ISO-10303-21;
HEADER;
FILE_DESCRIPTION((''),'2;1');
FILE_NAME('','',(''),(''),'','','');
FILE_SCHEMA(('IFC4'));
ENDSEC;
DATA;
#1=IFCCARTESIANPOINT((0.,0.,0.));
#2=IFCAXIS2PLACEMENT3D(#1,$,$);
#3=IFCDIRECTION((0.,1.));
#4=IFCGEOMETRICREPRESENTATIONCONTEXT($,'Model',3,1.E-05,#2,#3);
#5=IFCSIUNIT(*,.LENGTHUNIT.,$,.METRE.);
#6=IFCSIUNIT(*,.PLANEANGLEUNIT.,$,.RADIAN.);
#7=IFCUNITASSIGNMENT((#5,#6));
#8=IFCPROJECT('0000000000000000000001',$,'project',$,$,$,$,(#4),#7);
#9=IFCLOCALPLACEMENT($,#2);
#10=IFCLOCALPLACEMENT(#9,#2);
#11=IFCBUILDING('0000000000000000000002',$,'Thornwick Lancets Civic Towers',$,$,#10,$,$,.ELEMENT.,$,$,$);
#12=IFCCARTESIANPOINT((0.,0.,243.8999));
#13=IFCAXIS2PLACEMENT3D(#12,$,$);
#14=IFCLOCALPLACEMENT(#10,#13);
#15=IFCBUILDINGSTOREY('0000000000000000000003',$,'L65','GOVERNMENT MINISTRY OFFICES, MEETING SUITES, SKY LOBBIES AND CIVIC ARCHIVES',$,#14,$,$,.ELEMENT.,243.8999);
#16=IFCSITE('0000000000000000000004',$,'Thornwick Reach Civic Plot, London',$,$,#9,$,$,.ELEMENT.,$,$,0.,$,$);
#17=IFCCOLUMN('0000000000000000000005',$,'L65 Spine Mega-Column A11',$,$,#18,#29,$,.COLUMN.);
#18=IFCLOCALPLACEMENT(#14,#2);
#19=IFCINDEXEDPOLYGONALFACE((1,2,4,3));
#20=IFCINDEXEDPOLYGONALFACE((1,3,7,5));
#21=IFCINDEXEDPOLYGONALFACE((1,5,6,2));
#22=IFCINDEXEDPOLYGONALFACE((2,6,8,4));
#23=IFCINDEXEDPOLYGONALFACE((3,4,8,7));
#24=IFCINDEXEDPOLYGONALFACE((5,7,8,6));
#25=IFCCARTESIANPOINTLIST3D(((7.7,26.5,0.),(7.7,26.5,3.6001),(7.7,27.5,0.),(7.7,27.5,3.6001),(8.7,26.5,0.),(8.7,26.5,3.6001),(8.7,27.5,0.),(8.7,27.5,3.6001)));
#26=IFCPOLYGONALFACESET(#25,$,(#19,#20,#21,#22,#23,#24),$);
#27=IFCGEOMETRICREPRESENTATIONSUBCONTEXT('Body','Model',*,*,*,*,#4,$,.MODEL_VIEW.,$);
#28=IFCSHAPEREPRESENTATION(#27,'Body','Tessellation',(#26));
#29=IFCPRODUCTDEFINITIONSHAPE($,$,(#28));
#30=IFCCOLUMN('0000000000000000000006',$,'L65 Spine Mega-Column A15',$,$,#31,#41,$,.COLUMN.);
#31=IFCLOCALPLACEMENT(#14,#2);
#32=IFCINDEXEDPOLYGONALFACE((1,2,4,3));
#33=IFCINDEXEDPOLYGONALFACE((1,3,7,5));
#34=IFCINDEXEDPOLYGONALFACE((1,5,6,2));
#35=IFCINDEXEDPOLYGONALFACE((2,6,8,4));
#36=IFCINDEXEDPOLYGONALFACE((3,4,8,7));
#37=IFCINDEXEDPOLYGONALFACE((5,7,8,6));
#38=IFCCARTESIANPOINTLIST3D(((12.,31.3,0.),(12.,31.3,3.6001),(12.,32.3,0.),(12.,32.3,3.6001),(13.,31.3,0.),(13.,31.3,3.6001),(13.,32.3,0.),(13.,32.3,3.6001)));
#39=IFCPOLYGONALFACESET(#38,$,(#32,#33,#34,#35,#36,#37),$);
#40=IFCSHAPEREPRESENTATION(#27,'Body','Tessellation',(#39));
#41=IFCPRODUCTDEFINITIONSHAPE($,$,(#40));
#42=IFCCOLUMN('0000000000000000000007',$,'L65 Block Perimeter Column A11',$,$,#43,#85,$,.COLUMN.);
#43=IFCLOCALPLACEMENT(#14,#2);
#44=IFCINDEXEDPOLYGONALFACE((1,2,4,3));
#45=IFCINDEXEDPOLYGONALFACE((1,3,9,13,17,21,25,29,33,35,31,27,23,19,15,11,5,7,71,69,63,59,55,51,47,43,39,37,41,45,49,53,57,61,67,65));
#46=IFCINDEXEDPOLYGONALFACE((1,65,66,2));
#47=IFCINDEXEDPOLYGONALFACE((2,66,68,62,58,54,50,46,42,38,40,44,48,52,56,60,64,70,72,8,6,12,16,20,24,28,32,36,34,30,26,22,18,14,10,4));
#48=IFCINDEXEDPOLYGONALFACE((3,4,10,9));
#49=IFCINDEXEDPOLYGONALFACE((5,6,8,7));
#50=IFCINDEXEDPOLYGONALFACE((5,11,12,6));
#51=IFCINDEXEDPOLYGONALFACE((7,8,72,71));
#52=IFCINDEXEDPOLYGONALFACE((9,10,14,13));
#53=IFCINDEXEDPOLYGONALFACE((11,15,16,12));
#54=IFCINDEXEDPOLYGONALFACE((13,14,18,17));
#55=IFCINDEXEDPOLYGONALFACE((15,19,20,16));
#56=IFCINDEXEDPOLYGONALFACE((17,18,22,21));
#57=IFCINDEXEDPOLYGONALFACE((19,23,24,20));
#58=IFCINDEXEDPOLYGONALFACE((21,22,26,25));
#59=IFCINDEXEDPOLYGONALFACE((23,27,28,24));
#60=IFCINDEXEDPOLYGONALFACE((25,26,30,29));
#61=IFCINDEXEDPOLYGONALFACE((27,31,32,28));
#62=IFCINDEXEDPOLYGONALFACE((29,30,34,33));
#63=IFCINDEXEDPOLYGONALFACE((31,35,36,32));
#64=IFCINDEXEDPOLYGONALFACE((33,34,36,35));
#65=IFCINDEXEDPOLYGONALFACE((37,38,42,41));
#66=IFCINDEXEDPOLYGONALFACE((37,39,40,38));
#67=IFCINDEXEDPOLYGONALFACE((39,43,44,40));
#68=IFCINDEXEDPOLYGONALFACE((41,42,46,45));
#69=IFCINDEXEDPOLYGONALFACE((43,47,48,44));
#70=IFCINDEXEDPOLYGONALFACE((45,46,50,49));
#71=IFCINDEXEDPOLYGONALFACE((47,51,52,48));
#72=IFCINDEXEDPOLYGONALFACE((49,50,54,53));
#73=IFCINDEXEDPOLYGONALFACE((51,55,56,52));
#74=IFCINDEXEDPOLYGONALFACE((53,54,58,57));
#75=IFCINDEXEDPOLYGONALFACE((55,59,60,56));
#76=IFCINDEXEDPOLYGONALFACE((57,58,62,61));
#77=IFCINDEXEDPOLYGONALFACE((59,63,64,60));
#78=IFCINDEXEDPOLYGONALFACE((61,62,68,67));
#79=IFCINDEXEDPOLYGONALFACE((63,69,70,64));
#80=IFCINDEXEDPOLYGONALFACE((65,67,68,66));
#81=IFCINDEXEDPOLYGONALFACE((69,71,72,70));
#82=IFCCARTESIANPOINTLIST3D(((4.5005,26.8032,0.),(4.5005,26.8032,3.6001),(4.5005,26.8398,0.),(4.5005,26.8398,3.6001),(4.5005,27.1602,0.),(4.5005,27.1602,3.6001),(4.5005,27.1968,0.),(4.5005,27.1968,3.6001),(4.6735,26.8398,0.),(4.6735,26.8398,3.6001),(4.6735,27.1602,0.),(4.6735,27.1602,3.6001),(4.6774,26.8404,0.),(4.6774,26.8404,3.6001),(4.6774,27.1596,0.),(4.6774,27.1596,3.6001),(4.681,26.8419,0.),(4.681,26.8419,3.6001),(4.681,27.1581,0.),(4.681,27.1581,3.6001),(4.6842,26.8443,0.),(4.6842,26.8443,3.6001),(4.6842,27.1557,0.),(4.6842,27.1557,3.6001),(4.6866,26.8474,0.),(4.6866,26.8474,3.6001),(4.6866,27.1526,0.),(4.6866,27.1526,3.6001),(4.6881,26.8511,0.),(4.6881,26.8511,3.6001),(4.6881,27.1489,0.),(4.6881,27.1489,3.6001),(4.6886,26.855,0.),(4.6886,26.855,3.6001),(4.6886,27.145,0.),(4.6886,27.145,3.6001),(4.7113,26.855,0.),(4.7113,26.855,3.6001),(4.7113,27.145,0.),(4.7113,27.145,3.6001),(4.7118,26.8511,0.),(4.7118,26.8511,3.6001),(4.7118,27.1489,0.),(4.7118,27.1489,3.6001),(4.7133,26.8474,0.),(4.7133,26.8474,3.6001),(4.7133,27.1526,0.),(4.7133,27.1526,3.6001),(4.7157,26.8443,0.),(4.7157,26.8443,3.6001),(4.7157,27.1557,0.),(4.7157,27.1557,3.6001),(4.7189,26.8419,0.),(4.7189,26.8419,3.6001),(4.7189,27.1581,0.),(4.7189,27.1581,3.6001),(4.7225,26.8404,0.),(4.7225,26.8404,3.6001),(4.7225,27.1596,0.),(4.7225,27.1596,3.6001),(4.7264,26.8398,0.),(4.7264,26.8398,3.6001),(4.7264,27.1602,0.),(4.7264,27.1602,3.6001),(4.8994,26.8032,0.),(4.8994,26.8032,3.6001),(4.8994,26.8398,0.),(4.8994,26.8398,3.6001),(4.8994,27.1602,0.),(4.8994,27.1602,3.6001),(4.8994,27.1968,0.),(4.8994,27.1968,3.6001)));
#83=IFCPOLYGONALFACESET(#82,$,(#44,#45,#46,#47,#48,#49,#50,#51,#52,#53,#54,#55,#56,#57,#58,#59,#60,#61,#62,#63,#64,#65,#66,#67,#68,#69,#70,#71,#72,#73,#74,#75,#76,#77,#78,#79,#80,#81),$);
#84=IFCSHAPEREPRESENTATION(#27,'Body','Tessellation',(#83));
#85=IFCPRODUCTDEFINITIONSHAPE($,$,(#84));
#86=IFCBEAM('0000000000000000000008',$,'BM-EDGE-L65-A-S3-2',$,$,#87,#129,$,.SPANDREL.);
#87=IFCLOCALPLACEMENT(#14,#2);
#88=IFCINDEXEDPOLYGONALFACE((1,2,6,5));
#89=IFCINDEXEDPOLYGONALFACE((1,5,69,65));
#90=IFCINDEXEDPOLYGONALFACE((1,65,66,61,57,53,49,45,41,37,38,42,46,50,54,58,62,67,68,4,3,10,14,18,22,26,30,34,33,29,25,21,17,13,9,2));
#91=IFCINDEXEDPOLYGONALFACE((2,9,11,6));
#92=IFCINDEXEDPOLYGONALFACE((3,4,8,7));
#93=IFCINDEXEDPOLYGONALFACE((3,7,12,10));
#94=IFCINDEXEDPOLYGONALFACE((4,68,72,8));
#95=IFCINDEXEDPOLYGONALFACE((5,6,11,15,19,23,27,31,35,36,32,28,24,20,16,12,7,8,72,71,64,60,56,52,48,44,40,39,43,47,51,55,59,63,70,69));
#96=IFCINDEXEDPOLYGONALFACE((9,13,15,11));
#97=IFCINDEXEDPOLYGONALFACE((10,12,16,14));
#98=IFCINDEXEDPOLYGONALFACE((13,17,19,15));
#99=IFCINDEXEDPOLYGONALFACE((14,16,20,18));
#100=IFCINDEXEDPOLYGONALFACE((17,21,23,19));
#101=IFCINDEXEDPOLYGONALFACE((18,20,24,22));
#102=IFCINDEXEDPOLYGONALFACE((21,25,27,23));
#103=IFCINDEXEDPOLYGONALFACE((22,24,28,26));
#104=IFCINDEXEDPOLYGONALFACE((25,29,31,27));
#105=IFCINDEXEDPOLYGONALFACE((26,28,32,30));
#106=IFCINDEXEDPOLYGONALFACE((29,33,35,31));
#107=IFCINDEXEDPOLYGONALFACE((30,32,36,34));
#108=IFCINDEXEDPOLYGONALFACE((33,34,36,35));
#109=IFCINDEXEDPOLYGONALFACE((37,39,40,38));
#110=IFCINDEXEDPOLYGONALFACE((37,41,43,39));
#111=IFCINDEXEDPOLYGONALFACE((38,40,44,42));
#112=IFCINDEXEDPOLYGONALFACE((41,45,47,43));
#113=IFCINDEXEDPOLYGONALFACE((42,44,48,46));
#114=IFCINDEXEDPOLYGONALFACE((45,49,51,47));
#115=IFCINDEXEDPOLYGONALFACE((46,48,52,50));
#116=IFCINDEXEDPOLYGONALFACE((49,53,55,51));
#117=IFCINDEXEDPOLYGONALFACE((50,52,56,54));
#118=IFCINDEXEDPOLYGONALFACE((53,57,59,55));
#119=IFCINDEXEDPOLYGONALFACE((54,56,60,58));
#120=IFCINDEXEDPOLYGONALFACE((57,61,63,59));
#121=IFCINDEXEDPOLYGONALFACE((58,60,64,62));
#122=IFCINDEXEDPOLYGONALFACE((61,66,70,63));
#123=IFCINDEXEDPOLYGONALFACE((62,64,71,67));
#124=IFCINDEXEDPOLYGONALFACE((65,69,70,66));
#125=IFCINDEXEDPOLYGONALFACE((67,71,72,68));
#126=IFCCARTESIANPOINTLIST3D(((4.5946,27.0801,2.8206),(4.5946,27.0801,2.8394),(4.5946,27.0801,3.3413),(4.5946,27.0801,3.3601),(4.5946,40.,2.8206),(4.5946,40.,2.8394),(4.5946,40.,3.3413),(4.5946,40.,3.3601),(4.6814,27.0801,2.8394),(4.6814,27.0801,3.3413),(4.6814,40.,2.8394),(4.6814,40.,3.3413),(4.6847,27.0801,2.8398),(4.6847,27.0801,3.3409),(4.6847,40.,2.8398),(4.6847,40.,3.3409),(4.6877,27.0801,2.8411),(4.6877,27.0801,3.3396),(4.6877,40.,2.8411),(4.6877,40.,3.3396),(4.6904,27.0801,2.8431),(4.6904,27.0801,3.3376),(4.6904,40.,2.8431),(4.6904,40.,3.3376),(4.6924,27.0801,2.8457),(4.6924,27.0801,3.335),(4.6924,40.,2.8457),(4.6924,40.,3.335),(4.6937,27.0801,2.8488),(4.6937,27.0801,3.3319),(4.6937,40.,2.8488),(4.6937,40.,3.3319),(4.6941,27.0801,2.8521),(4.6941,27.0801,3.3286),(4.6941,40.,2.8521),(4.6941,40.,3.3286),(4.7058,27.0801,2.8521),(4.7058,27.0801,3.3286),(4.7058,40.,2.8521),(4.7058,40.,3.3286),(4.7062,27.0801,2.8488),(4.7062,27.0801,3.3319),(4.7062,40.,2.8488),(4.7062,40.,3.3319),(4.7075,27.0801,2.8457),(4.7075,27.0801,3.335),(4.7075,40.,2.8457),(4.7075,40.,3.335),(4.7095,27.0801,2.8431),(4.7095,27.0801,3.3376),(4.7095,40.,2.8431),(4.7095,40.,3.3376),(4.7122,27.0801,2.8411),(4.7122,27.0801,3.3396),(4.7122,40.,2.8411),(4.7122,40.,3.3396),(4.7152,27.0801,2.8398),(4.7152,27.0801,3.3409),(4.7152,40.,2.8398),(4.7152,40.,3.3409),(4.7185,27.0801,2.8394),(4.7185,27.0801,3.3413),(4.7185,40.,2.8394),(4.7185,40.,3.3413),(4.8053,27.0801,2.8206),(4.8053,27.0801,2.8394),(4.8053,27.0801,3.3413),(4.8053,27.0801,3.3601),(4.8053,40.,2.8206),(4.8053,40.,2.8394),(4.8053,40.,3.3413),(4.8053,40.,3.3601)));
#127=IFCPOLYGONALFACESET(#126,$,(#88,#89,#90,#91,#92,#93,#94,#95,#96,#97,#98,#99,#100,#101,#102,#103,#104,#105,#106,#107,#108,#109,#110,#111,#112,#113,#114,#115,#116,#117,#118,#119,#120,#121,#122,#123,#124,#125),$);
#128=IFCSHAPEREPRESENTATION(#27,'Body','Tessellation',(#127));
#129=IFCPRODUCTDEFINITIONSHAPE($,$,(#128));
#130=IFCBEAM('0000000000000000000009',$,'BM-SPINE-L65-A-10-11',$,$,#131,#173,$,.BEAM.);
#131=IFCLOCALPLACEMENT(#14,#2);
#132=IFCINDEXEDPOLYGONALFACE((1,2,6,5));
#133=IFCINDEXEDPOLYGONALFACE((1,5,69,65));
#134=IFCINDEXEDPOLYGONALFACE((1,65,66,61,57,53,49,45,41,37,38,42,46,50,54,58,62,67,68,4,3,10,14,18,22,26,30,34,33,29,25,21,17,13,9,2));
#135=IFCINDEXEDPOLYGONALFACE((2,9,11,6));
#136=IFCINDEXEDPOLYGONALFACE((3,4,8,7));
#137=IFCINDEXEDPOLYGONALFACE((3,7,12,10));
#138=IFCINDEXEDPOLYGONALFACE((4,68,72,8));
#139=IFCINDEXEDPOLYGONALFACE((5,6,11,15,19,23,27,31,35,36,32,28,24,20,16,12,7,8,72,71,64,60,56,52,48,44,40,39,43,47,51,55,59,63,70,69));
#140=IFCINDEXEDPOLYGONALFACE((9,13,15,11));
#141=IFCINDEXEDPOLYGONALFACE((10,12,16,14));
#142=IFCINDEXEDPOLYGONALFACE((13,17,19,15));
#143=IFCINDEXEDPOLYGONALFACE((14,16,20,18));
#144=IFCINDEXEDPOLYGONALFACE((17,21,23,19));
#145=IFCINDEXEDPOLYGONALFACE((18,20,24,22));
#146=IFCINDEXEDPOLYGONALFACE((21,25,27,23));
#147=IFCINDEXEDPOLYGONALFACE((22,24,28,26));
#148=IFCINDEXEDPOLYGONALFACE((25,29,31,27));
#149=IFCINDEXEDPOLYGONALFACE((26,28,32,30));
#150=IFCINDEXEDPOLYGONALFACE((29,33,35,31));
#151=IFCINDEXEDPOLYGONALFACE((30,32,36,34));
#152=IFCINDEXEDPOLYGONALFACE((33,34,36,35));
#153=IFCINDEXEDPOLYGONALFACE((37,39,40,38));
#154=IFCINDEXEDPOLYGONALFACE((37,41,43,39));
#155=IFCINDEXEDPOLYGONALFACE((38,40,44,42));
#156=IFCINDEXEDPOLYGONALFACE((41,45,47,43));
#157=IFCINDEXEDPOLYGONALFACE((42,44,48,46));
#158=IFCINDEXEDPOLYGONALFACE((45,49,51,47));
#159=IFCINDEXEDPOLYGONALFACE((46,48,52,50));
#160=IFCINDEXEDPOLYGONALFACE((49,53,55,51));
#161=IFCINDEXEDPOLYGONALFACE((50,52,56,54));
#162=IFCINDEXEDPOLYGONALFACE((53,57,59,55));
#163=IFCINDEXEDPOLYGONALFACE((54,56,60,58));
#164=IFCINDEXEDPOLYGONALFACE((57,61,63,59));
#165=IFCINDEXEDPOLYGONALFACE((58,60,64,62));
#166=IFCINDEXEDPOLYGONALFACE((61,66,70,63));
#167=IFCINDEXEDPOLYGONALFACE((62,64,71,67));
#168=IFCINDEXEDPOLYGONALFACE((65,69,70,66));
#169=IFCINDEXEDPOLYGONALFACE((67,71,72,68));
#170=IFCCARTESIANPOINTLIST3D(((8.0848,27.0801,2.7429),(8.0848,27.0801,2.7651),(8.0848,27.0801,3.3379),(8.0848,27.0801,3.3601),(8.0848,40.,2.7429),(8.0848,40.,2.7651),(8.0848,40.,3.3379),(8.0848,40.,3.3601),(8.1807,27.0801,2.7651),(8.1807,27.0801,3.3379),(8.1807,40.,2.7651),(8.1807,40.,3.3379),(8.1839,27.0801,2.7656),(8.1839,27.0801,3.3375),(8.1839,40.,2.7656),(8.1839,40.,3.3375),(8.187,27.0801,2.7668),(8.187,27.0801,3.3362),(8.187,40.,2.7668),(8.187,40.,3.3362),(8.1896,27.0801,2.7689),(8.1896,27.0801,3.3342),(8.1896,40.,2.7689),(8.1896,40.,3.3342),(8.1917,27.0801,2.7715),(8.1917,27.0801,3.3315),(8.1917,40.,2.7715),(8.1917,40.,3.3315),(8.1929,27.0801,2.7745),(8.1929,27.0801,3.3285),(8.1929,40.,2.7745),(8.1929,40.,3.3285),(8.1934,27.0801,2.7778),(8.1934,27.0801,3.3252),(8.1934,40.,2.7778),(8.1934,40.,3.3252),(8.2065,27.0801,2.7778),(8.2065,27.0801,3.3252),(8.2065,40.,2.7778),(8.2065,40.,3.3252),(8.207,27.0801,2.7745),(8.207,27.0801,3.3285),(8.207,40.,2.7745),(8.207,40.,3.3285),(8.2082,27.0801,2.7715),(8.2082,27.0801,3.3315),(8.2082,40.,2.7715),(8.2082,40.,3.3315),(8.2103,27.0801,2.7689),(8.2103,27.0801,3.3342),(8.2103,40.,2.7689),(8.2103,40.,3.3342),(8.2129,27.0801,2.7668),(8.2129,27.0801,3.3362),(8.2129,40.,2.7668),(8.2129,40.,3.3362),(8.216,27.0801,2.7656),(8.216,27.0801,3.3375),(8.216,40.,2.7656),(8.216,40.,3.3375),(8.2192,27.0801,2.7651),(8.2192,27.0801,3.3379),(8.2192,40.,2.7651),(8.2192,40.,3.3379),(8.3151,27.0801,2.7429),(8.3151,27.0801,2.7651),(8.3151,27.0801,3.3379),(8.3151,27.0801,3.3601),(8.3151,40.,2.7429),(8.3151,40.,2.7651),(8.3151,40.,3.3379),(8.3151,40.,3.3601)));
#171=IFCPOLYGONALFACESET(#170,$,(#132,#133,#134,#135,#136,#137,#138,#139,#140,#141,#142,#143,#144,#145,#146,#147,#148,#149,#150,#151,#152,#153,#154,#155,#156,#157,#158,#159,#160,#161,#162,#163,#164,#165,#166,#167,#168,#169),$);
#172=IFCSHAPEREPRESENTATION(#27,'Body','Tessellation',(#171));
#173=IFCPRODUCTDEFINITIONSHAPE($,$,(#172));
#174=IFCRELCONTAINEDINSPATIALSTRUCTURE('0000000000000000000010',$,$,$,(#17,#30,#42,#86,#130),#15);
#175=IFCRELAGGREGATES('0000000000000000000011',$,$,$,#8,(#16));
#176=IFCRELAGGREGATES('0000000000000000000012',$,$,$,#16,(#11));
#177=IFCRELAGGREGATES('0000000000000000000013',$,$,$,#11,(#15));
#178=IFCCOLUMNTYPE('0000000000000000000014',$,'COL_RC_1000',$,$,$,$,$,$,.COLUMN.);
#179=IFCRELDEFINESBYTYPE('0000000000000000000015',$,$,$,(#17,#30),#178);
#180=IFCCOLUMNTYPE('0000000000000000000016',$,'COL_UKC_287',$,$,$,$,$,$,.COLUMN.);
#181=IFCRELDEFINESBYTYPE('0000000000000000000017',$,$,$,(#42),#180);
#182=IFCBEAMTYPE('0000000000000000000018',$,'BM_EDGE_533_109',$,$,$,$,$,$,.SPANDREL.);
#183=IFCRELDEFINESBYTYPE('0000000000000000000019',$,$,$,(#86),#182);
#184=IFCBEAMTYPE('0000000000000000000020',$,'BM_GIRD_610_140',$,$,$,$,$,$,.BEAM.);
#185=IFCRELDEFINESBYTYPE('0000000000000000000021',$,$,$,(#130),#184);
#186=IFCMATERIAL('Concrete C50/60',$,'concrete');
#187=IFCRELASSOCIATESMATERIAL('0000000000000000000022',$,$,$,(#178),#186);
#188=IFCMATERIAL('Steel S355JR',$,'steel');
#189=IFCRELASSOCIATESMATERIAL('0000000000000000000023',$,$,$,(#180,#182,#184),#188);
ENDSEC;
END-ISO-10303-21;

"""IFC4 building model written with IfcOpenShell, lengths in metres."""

from ifc_helpers import new_model, si_unit, direction, frame, origin, origin_2d, place, context, subcontext, project, spatial, rectangle, i_section, extrude, material, material_profile, profile_set, type_object, element, save


model = new_model("IFC4")

# Units and contexts
model_context = context("Model", 3, precision=1e-05, world=origin(), true_north=direction((0.0, 1.0)))
body_context = subcontext(model_context, "Body", "Model", "MODEL_VIEW")
ifc_project = project(units=[si_unit("LENGTHUNIT", "METRE"), si_unit("PLANEANGLEUNIT", "RADIAN")], contexts=[model_context])

# Site, building, storey
site_placement = place(None, origin())
site = spatial("IfcSite", under=ifc_project, at=site_placement, Name="Thornwick Reach Civic Plot, London", CompositionType="ELEMENT", RefElevation=0.0)
building_placement = place(site_placement, origin())
building = spatial("IfcBuilding", under=site, at=building_placement, Name="Thornwick Lancets Civic Towers", CompositionType="ELEMENT")
storey_placement = place(building_placement, frame((0.0, 0.0, 243.8999)))
storey = spatial("IfcBuildingStorey", under=building, at=storey_placement, Name="L65", Description="GOVERNMENT MINISTRY OFFICES, MEETING SUITES, SKY LOBBIES AND CIVIC ARCHIVES", CompositionType="ELEMENT", Elevation=243.8999)

# Columns
ifc_material_1 = material(Name="Concrete C50/60", Category="concrete")
ifc_material_profile_1 = material_profile(ifc_material_1, rectangle(XDim=1.0, YDim=1.0, at=origin_2d()), Name="RC 1000x1000")
ifc_profile_set_1 = profile_set([ifc_material_profile_1], Name="Concrete C50/60")
column_type_1 = type_object("IfcColumnType", Name="COL_RC_1000", PredefinedType="COLUMN", material=ifc_profile_set_1)
for number, where, z_axis, x_axis, name in (
    (1, (8.2, 27.0, 0.0), (0.0, 0.0, 1.0), (1.0, 0.0, 0.0), "L65 Spine Mega-Column A11"),
    (2, (12.5, 31.8, 0.0), (0.0, 0.0, 1.0), (1.0, 0.0, 0.0), "L65 Spine Mega-Column A15"),
):
    element("IfcColumn", number, at=place(storey_placement, frame(where, z_axis=z_axis, x_axis=x_axis)), inside=storey, type_object=column_type_1, Name=name, PredefinedType="COLUMN", context=body_context, shape_type="SweptSolid", body=[
        extrude(rectangle(XDim=1.0, YDim=1.0, at=origin_2d()), origin(), (0.0, 0.0, 1.0), 3.6001),
    ])
ifc_material_2 = material(Name="Steel S355JR", Category="steel")
ifc_material_profile_2 = material_profile(ifc_material_2, i_section(OverallWidth=0.3989, OverallDepth=0.3936, WebThickness=0.0227, FlangeThickness=0.0366, FilletRadius=0.0151, at=origin_2d()), Name="UKC 356x406x287")
ifc_profile_set_2 = profile_set([ifc_material_profile_2], Name="Steel S355JR")
column_type_2 = type_object("IfcColumnType", Name="COL_UKC_287", PredefinedType="COLUMN", material=ifc_profile_set_2)
column_placement = place(storey_placement, frame((4.7, 27.0, 0.0), z_axis=(0.0, 0.0, 1.0), x_axis=(1.0, 0.0, 0.0)))
element("IfcColumn", 3, at=column_placement, inside=storey, type_object=column_type_2, Name="L65 Block Perimeter Column A11", PredefinedType="COLUMN", context=body_context, shape_type="SweptSolid", body=[
    extrude(i_section(OverallWidth=0.3989, OverallDepth=0.3936, WebThickness=0.0227, FlangeThickness=0.0366, FilletRadius=0.0151, at=origin_2d()), origin(), (0.0, 0.0, 1.0), 3.6001),
])

# Beams
ifc_material_profile_3 = material_profile(ifc_material_2, i_section(OverallWidth=0.2107, OverallDepth=0.5396, WebThickness=0.0117, FlangeThickness=0.0188, FilletRadius=0.0127, at=origin_2d()), Name="UKB 533x210x109")
ifc_profile_set_3 = profile_set([ifc_material_profile_3], Name="Steel S355JR")
beam_type_1 = type_object("IfcBeamType", Name="BM_EDGE_533_109", PredefinedType="SPANDREL", material=ifc_profile_set_3)
beam_1_placement = place(storey_placement, frame((4.7, 27.0801, 3.0903), z_axis=(0.0, 1.0, 0.0), x_axis=(-1.0, 0.0, 0.0)))
element("IfcBeam", 4, at=beam_1_placement, inside=storey, type_object=beam_type_1, Name="BM-EDGE-L65-A-S3-2", PredefinedType="SPANDREL", context=body_context, shape_type="SweptSolid", body=[
    extrude(i_section(OverallWidth=0.2107, OverallDepth=0.5396, WebThickness=0.0117, FlangeThickness=0.0188, FilletRadius=0.0127, at=origin_2d()), origin(), (0.0, 0.0, 1.0), 12.9199),
])
ifc_material_profile_4 = material_profile(ifc_material_2, i_section(OverallWidth=0.2302, OverallDepth=0.6172, WebThickness=0.0132, FlangeThickness=0.0222, FilletRadius=0.0127, at=origin_2d()), Name="UKB 610x229x140")
ifc_profile_set_4 = profile_set([ifc_material_profile_4], Name="Steel S355JR")
beam_type_2 = type_object("IfcBeamType", Name="BM_GIRD_610_140", PredefinedType="BEAM", material=ifc_profile_set_4)
beam_2_placement = place(storey_placement, frame((8.2, 27.0801, 3.0515), z_axis=(0.0, 1.0, 0.0), x_axis=(-1.0, 0.0, 0.0)))
element("IfcBeam", 5, at=beam_2_placement, inside=storey, type_object=beam_type_2, Name="BM-SPINE-L65-A-10-11", PredefinedType="BEAM", context=body_context, shape_type="SweptSolid", body=[
    extrude(i_section(OverallWidth=0.2302, OverallDepth=0.6172, WebThickness=0.0132, FlangeThickness=0.0222, FilletRadius=0.0127, at=origin_2d()), origin(), (0.0, 0.0, 1.0), 12.9199),
])

save(model, "model.ifc")
